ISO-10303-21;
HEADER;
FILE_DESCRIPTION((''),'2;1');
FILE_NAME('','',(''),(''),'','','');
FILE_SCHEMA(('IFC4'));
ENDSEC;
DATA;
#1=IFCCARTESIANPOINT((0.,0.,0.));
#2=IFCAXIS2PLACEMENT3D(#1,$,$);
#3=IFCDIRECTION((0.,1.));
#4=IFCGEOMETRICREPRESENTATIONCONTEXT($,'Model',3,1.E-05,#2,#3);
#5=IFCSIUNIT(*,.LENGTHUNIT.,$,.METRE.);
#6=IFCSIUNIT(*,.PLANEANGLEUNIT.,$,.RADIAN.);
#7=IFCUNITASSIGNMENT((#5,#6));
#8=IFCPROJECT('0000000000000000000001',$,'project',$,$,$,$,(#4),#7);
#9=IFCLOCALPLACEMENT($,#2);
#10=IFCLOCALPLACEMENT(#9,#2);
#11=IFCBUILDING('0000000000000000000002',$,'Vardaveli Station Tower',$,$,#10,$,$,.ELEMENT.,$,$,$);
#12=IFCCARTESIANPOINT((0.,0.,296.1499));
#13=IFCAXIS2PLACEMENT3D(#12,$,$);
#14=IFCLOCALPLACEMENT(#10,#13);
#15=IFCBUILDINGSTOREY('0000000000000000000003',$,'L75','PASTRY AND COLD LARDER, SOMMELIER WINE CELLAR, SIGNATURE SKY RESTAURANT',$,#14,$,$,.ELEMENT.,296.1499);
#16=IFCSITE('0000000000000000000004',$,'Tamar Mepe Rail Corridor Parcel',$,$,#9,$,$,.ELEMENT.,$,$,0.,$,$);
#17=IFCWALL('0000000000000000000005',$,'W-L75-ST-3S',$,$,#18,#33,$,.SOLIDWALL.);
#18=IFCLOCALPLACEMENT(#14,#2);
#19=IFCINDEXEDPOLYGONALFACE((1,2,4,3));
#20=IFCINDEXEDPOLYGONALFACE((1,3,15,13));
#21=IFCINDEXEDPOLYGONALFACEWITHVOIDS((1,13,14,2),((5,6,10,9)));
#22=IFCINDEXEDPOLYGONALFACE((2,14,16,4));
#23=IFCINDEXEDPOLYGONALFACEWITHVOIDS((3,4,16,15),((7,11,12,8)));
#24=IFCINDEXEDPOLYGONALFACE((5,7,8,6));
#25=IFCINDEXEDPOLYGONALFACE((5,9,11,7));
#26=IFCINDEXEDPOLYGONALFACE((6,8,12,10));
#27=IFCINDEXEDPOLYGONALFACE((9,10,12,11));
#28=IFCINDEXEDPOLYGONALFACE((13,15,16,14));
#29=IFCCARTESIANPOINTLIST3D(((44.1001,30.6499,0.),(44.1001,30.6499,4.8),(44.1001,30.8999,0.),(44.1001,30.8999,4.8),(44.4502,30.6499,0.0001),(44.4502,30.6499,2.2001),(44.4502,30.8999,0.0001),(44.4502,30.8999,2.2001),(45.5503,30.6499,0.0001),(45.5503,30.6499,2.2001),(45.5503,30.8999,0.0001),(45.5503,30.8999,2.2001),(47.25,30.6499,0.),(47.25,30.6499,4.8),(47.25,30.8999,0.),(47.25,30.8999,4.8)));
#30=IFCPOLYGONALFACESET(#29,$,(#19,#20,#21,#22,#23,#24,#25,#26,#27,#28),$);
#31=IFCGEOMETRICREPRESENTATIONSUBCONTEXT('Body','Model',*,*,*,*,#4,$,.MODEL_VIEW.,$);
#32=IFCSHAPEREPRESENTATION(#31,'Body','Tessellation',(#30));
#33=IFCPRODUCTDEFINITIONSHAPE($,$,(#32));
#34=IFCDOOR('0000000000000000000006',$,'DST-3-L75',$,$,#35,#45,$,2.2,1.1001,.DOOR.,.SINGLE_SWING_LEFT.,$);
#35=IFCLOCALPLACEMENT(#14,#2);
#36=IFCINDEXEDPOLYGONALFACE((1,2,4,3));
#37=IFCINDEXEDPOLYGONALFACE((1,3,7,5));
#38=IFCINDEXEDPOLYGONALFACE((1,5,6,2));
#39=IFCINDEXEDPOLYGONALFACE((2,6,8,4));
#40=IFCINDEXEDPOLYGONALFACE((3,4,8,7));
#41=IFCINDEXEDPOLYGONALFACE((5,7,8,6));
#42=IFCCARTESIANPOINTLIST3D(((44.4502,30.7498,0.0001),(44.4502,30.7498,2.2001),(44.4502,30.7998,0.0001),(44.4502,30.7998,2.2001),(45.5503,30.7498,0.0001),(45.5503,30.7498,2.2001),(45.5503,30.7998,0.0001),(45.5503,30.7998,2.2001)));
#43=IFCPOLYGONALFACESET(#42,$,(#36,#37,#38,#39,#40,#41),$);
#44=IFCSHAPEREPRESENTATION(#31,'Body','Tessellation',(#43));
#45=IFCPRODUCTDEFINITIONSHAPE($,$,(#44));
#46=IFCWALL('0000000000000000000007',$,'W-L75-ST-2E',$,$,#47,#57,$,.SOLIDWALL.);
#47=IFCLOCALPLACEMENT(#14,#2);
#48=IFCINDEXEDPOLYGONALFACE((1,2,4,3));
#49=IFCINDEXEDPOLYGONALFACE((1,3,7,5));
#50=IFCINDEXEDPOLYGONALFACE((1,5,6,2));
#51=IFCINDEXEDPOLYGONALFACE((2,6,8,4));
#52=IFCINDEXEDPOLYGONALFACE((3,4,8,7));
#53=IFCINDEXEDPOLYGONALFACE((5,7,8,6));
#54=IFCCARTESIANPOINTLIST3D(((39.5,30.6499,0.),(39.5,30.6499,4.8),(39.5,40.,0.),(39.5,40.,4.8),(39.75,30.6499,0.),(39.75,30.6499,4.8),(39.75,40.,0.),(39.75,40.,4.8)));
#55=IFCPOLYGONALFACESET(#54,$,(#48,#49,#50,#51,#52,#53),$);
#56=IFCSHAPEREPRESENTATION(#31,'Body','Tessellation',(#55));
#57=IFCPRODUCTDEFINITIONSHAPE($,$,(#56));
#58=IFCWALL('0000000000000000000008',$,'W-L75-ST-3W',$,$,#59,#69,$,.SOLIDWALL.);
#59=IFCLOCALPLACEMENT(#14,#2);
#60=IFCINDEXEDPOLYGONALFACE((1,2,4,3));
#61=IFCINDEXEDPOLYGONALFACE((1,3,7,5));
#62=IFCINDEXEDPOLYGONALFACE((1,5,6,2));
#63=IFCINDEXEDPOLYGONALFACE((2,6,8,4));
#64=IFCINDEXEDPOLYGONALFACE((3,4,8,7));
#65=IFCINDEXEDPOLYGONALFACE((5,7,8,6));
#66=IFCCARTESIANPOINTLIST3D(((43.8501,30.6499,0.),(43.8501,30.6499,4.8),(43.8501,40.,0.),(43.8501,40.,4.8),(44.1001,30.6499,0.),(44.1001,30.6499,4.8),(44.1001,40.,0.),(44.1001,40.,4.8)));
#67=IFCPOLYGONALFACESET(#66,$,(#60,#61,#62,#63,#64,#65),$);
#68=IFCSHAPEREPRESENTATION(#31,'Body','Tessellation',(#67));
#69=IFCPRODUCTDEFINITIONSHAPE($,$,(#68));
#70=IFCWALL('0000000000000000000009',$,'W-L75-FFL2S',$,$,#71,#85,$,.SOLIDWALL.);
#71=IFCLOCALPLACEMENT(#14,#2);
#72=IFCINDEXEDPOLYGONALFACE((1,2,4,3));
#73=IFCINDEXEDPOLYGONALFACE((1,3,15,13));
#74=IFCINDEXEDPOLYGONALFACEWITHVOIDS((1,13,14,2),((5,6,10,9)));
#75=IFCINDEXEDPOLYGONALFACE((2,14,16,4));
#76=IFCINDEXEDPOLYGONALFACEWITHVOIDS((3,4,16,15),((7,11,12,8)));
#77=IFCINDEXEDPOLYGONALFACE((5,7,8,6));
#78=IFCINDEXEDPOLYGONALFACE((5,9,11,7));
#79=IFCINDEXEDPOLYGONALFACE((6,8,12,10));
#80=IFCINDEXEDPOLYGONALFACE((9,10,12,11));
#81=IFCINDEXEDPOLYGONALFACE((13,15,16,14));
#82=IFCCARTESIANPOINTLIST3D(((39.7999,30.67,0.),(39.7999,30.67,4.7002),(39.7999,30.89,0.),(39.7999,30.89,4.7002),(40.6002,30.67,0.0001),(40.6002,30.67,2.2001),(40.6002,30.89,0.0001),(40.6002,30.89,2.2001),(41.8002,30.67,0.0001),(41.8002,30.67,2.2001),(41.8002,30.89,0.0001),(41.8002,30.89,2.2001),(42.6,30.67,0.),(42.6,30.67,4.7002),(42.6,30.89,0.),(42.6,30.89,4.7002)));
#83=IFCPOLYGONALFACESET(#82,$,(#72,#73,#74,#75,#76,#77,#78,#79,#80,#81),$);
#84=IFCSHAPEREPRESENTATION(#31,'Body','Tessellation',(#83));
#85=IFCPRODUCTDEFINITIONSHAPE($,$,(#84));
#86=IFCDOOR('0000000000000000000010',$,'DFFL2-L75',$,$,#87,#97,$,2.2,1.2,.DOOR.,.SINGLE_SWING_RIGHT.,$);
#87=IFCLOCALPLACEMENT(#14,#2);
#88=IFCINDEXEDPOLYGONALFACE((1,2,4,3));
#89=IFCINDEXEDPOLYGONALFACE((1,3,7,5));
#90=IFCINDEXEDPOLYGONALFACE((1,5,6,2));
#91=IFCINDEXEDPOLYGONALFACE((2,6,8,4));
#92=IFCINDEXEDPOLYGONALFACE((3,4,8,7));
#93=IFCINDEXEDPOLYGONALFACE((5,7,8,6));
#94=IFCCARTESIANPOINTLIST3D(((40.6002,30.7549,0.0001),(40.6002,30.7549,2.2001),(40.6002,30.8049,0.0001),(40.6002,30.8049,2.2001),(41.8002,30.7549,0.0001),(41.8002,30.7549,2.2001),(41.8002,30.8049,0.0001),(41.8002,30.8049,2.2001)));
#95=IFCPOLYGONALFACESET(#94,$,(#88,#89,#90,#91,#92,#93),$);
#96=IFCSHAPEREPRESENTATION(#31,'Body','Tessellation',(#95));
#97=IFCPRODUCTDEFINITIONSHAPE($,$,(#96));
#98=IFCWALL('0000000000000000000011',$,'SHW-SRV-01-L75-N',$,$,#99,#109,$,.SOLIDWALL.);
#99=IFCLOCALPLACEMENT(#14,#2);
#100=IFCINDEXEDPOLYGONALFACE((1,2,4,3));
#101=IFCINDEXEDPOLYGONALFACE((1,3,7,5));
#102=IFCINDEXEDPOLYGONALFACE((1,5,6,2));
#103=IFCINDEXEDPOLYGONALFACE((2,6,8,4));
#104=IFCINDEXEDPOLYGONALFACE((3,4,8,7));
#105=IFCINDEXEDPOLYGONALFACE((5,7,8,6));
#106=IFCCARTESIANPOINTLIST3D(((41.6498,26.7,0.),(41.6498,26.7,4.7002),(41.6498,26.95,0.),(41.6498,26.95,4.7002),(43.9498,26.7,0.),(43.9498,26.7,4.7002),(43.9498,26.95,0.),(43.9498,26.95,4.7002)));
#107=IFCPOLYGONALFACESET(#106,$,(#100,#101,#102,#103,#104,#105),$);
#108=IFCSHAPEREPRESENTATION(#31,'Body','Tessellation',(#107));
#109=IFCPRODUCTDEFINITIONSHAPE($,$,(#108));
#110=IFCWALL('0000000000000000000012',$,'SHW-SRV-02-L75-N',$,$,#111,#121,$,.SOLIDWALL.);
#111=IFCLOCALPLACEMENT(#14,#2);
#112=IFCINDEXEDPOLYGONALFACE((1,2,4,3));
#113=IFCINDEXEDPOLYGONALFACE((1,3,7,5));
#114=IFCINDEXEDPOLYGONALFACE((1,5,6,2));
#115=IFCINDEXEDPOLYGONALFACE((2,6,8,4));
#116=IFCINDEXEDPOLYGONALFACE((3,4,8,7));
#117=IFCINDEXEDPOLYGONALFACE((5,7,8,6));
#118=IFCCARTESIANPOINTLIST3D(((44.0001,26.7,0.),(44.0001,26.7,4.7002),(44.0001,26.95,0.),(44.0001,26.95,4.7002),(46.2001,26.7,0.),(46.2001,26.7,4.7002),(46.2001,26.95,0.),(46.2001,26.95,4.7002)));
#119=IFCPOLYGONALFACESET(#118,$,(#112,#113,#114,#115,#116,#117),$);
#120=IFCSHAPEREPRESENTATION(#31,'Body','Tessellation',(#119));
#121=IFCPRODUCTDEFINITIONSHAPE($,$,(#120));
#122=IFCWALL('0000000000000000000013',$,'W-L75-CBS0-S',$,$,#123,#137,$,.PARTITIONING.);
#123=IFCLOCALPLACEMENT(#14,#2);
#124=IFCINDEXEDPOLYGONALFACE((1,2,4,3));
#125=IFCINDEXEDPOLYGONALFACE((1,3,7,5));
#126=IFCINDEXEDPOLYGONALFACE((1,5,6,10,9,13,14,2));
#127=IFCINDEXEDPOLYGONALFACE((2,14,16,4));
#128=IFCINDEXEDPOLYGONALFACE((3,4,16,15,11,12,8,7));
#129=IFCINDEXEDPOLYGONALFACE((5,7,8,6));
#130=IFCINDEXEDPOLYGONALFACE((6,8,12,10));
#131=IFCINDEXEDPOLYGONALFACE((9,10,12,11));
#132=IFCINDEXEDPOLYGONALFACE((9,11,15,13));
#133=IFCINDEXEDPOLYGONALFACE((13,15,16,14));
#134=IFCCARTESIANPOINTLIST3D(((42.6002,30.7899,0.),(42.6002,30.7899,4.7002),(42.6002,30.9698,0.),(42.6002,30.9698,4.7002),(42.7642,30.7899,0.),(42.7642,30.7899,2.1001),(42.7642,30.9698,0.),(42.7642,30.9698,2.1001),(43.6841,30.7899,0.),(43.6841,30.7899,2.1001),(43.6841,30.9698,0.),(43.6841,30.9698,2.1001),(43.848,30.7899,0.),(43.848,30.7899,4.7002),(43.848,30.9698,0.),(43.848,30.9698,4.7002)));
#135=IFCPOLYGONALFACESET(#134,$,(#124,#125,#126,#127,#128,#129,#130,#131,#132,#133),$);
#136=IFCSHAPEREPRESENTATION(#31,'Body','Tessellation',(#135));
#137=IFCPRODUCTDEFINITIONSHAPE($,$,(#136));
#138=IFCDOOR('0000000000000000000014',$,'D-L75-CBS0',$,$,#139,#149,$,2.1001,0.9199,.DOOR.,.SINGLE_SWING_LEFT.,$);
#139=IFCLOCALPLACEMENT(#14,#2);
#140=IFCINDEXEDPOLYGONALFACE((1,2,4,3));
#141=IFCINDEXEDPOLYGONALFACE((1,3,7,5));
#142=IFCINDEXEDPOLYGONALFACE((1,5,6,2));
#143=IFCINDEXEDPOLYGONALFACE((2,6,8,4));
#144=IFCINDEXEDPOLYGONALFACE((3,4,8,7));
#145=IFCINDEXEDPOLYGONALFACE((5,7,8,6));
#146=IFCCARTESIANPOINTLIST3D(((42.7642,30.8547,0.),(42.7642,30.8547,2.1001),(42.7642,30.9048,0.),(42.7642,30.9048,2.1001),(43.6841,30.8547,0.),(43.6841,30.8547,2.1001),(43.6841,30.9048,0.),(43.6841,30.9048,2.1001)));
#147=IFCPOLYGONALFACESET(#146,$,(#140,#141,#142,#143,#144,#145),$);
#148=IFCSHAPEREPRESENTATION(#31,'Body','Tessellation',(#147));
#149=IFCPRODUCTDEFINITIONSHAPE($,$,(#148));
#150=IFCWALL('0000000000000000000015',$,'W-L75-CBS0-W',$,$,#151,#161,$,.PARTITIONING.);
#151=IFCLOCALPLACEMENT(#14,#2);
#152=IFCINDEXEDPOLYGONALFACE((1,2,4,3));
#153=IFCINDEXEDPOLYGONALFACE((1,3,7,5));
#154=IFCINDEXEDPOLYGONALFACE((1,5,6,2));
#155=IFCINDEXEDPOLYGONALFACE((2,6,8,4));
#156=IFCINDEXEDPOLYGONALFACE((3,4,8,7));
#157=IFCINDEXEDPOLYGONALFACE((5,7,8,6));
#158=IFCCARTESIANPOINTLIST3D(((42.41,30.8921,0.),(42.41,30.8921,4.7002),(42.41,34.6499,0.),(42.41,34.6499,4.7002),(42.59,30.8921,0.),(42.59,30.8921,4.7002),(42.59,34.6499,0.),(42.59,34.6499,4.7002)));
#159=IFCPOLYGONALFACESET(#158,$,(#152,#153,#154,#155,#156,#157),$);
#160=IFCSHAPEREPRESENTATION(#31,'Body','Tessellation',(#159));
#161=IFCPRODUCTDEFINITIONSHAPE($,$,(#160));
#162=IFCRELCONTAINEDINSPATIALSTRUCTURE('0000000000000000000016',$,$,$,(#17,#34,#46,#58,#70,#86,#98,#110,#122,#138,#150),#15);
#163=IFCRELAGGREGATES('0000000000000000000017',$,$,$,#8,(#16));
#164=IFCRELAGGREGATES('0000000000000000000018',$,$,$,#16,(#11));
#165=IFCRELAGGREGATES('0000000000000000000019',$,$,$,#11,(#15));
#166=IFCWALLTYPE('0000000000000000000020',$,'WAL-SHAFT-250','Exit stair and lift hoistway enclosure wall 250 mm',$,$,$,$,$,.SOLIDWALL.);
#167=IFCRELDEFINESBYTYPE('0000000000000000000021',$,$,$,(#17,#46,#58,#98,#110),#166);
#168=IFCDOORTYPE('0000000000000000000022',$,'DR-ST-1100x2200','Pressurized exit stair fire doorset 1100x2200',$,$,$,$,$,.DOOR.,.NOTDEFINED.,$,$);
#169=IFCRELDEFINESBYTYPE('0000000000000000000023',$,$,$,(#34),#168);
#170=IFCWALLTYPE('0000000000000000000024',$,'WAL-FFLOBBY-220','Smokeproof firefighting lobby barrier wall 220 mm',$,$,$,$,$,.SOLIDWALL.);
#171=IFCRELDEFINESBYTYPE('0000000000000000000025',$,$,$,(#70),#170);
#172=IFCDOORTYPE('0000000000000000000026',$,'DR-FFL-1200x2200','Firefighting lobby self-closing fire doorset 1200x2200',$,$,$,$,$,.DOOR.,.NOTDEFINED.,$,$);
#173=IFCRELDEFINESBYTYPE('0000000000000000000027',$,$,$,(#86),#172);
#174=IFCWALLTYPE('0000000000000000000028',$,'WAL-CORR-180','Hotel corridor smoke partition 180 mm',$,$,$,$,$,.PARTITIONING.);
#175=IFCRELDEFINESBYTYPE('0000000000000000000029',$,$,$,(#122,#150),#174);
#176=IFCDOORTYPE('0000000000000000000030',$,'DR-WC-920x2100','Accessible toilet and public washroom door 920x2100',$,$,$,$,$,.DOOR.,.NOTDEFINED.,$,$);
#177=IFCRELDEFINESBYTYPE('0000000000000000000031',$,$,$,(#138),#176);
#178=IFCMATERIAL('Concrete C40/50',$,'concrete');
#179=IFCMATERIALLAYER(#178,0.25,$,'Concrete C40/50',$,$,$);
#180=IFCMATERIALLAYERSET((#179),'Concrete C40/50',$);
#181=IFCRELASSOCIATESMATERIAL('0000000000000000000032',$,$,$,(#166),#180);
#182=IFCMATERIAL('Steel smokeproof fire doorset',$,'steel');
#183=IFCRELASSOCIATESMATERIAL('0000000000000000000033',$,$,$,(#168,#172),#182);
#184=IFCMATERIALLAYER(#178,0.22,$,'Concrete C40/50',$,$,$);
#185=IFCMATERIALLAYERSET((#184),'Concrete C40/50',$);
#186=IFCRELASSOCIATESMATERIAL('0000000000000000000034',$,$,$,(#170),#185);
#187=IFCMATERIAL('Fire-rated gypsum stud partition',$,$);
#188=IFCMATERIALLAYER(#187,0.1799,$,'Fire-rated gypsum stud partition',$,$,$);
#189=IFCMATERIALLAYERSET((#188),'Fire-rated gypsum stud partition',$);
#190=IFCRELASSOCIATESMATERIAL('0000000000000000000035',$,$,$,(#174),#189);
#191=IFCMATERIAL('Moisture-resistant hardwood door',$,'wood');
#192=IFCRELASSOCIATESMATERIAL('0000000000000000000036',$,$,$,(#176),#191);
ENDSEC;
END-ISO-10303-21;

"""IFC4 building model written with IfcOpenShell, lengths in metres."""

from ifc_helpers import new_model, si_unit, direction, frame, frame_2d, origin, place, context, subcontext, project, spatial, rectangle, extrude, source, transform, mapped, material, layer, layer_set, type_object, element, fill, save


model = new_model("IFC4")

# Units and contexts
model_context = context("Model", 3, precision=1e-05, world=origin(), true_north=direction((0.0, 1.0)))
body_context = subcontext(model_context, "Body", "Model", "MODEL_VIEW")
ifc_project = project(units=[si_unit("LENGTHUNIT", "METRE"), si_unit("PLANEANGLEUNIT", "RADIAN")], contexts=[model_context])

# Site, building, storey
site_placement = place(None, origin())
site = spatial("IfcSite", under=ifc_project, at=site_placement, Name="Tamar Mepe Rail Corridor Parcel", CompositionType="ELEMENT", RefElevation=0.0)
building_placement = place(site_placement, origin())
building = spatial("IfcBuilding", under=site, at=building_placement, Name="Vardaveli Station Tower", CompositionType="ELEMENT")
storey_placement = place(building_placement, frame((0.0, 0.0, 296.1499)))
storey = spatial("IfcBuildingStorey", under=building, at=storey_placement, Name="L75", Description="PASTRY AND COLD LARDER, SOMMELIER WINE CELLAR, SIGNATURE SKY RESTAURANT", CompositionType="ELEMENT", Elevation=296.1499)

# Wall, opening, door
ifc_material_1 = material(Name="Concrete C40/50", Category="concrete")
ifc_layer_1 = layer(ifc_material_1, 0.25, Name="Concrete C40/50")
ifc_layer_set_1 = layer_set([ifc_layer_1], Name="Concrete C40/50")
wall_type_1 = type_object("IfcWallType", Name="WAL-SHAFT-250", Description="Exit stair and lift hoistway enclosure wall 250 mm", PredefinedType="SOLIDWALL", material=ifc_layer_set_1)
shared_shape_1 = source(origin(), body_context, "Body", "SweptSolid", [
    extrude(rectangle(XDim=3.1499, YDim=0.25, at=frame_2d((1.575, 0.0))), origin(), (0.0, 0.0, 1.0), 4.8),
])
wall_1_placement = place(storey_placement, frame((44.1001, 30.7749, 0.0), z_axis=(0.0, 0.0, 1.0), x_axis=(1.0, 0.0, 0.0)))
wall_1 = element("IfcWall", 1, at=wall_1_placement, inside=storey, type_object=wall_type_1, Name="W-L75-ST-3S", PredefinedType="SOLIDWALL", context=body_context, shape_type="MappedRepresentation", body=[
    mapped(shared_shape_1, transform((0.0, 0.0, 0.0), scale=1.0)),
])
shared_shape_2 = source(origin(), body_context, "Body", "SweptSolid", [
    extrude(rectangle(XDim=1.1001, YDim=2.2, at=frame_2d((0.55, 1.1001))), frame((0.0, 0.135, 0.0), z_axis=(0.0, -1.0, 0.0), x_axis=(1.0, 0.0, 0.0)), (0.0, 0.0, 1.0), 0.27),
])
opening_1_placement = place(wall_1_placement, frame((0.3501, 0.0, 0.0)))
opening_1 = element("IfcOpeningElement", 2, at=opening_1_placement, cuts=wall_1, PredefinedType="OPENING", context=body_context, shape_type="MappedRepresentation", body=[
    mapped(shared_shape_2, transform((0.0, 0.0, 0.0), scale=1.0)),
])
ifc_material_2 = material(Name="Steel smokeproof fire doorset", Category="steel")
door_type_1 = type_object("IfcDoorType", Name="DR-ST-1100x2200", Description="Pressurized exit stair fire doorset 1100x2200", OperationType="NOTDEFINED", PredefinedType="DOOR", material=ifc_material_2)
shared_shape_3 = source(origin(), body_context, "Body", "SweptSolid", [
    extrude(rectangle(XDim=1.1001, YDim=2.2, at=frame_2d((0.55, 1.1001))), frame((0.0, 0.0249, 0.0), z_axis=(0.0, -1.0, 0.0), x_axis=(1.0, 0.0, 0.0)), (0.0, 0.0, 1.0), 0.05),
])
door_1_placement = place(opening_1_placement, origin())
door_1 = element("IfcDoor", 3, at=door_1_placement, inside=storey, type_object=door_type_1, Name="DST-3-L75", OperationType="SINGLE_SWING_LEFT", OverallHeight=2.2, OverallWidth=1.1001, PredefinedType="DOOR", context=body_context, shape_type="MappedRepresentation", body=[
    mapped(shared_shape_3, transform((0.0, 0.0, 0.0), scale=1.0)),
])
fill(opening_1, door_1)

# Walls
shared_shape_4 = source(origin(), body_context, "Body", "SweptSolid", [
    extrude(rectangle(XDim=9.3501, YDim=0.25, at=frame_2d((4.675, 0.0))), origin(), (0.0, 0.0, 1.0), 4.8),
])
for number, where, z_axis, x_axis, name in (
    (4, (39.625, 30.6499, 0.0), (0.0, 0.0, 1.0), (0.0, 1.0, 0.0), "W-L75-ST-2E"),
    (5, (43.9751, 30.6499, 0.0), (0.0, 0.0, 1.0), (0.0, 1.0, 0.0), "W-L75-ST-3W"),
):
    element("IfcWall", number, at=place(storey_placement, frame(where, z_axis=z_axis, x_axis=x_axis)), inside=storey, type_object=wall_type_1, Name=name, PredefinedType="SOLIDWALL", context=body_context, shape_type="MappedRepresentation", body=[
        mapped(shared_shape_4, transform((0.0, 0.0, 0.0), scale=1.0)),
    ])

# Wall, opening, door
ifc_layer_2 = layer(ifc_material_1, 0.22, Name="Concrete C40/50")
ifc_layer_set_2 = layer_set([ifc_layer_2], Name="Concrete C40/50")
wall_type_2 = type_object("IfcWallType", Name="WAL-FFLOBBY-220", Description="Smokeproof firefighting lobby barrier wall 220 mm", PredefinedType="SOLIDWALL", material=ifc_layer_set_2)
shared_shape_5 = source(origin(), body_context, "Body", "SweptSolid", [
    extrude(rectangle(XDim=2.8, YDim=0.22, at=frame_2d((1.3999, 0.0))), origin(), (0.0, 0.0, 1.0), 4.7002),
])
wall_2_placement = place(storey_placement, frame((39.8, 30.78, 0.0), z_axis=(0.0, 0.0, 1.0), x_axis=(1.0, 0.0, 0.0)))
wall_2 = element("IfcWall", 6, at=wall_2_placement, inside=storey, type_object=wall_type_2, Name="W-L75-FFL2S", PredefinedType="SOLIDWALL", context=body_context, shape_type="MappedRepresentation", body=[
    mapped(shared_shape_5, transform((0.0, 0.0, 0.0), scale=1.0)),
])
shared_shape_6 = source(origin(), body_context, "Body", "SweptSolid", [
    extrude(rectangle(XDim=1.2, YDim=2.2, at=frame_2d((0.6001, 1.1001))), frame((0.0, 0.1201, 0.0), z_axis=(0.0, -1.0, 0.0), x_axis=(1.0, 0.0, 0.0)), (0.0, 0.0, 1.0), 0.24),
])
opening_2_placement = place(wall_2_placement, frame((0.8, 0.0, 0.0)))
opening_2 = element("IfcOpeningElement", 7, at=opening_2_placement, cuts=wall_2, PredefinedType="OPENING", context=body_context, shape_type="MappedRepresentation", body=[
    mapped(shared_shape_6, transform((0.0, 0.0, 0.0), scale=1.0)),
])
door_type_2 = type_object("IfcDoorType", Name="DR-FFL-1200x2200", Description="Firefighting lobby self-closing fire doorset 1200x2200", OperationType="NOTDEFINED", PredefinedType="DOOR", material=ifc_material_2)
shared_shape_7 = source(origin(), body_context, "Body", "SweptSolid", [
    extrude(rectangle(XDim=1.2, YDim=2.2, at=frame_2d((0.6001, 1.1001))), frame((0.0, 0.0249, 0.0), z_axis=(0.0, -1.0, 0.0), x_axis=(1.0, 0.0, 0.0)), (0.0, 0.0, 1.0), 0.05),
])
door_2_placement = place(opening_2_placement, origin())
door_2 = element("IfcDoor", 8, at=door_2_placement, inside=storey, type_object=door_type_2, Name="DFFL2-L75", OperationType="SINGLE_SWING_RIGHT", OverallHeight=2.2, OverallWidth=1.2, PredefinedType="DOOR", context=body_context, shape_type="MappedRepresentation", body=[
    mapped(shared_shape_7, transform((0.0, 0.0, 0.0), scale=1.0)),
])
fill(opening_2, door_2)

# Walls
shared_shape_8 = source(origin(), body_context, "Body", "SweptSolid", [
    extrude(rectangle(XDim=2.3, YDim=0.25, at=frame_2d((1.1499, 0.0))), origin(), (0.0, 0.0, 1.0), 4.7002),
])
wall_3_placement = place(storey_placement, frame((41.6499, 26.825, 0.0), z_axis=(0.0, 0.0, 1.0), x_axis=(1.0, 0.0, 0.0)))
element("IfcWall", 9, at=wall_3_placement, inside=storey, type_object=wall_type_1, Name="SHW-SRV-01-L75-N", PredefinedType="SOLIDWALL", context=body_context, shape_type="MappedRepresentation", body=[
    mapped(shared_shape_8, transform((0.0, 0.0, 0.0), scale=1.0)),
])
shared_shape_9 = source(origin(), body_context, "Body", "SweptSolid", [
    extrude(rectangle(XDim=2.2, YDim=0.25, at=frame_2d((1.1001, 0.0))), origin(), (0.0, 0.0, 1.0), 4.7002),
])
wall_4_placement = place(storey_placement, frame((44.0, 26.825, 0.0), z_axis=(0.0, 0.0, 1.0), x_axis=(1.0, 0.0, 0.0)))
element("IfcWall", 10, at=wall_4_placement, inside=storey, type_object=wall_type_1, Name="SHW-SRV-02-L75-N", PredefinedType="SOLIDWALL", context=body_context, shape_type="MappedRepresentation", body=[
    mapped(shared_shape_9, transform((0.0, 0.0, 0.0), scale=1.0)),
])

# Wall, opening, door
ifc_material_3 = material(Name="Fire-rated gypsum stud partition")
ifc_layer_3 = layer(ifc_material_3, 0.1799, Name="Fire-rated gypsum stud partition")
ifc_layer_set_3 = layer_set([ifc_layer_3], Name="Fire-rated gypsum stud partition")
wall_type_3 = type_object("IfcWallType", Name="WAL-CORR-180", Description="Hotel corridor smoke partition 180 mm", PredefinedType="PARTITIONING", material=ifc_layer_set_3)
shared_shape_10 = source(origin(), body_context, "Body", "SweptSolid", [
    extrude(rectangle(XDim=1.2478, YDim=0.1799, at=frame_2d((0.624, 0.0))), origin(), (0.0, 0.0, 1.0), 4.7002),
])
wall_5_placement = place(storey_placement, frame((42.6001, 30.8799, 0.0), z_axis=(0.0, 0.0, 1.0), x_axis=(1.0, 0.0, 0.0)))
wall_5 = element("IfcWall", 11, at=wall_5_placement, inside=storey, type_object=wall_type_3, Name="W-L75-CBS0-S", PredefinedType="PARTITIONING", context=body_context, shape_type="MappedRepresentation", body=[
    mapped(shared_shape_10, transform((0.0, 0.0, 0.0), scale=1.0)),
])
shared_shape_11 = source(origin(), body_context, "Body", "SweptSolid", [
    extrude(rectangle(XDim=0.9199, YDim=2.1001, at=frame_2d((0.46, 1.05))), frame((0.0, 0.1001, 0.0), z_axis=(0.0, -1.0, 0.0), x_axis=(1.0, 0.0, 0.0)), (0.0, 0.0, 1.0), 0.2),
])
opening_3_placement = place(wall_5_placement, frame((0.1641, 0.0, 0.0)))
opening_3 = element("IfcOpeningElement", 12, at=opening_3_placement, cuts=wall_5, PredefinedType="OPENING", context=body_context, shape_type="MappedRepresentation", body=[
    mapped(shared_shape_11, transform((0.0, 0.0, 0.0), scale=1.0)),
])
ifc_material_4 = material(Name="Moisture-resistant hardwood door", Category="wood")
door_type_3 = type_object("IfcDoorType", Name="DR-WC-920x2100", Description="Accessible toilet and public washroom door 920x2100", OperationType="NOTDEFINED", PredefinedType="DOOR", material=ifc_material_4)
shared_shape_12 = source(origin(), body_context, "Body", "SweptSolid", [
    extrude(rectangle(XDim=0.9199, YDim=2.1001, at=frame_2d((0.46, 1.05))), frame((0.0, 0.0249, 0.0), z_axis=(0.0, -1.0, 0.0), x_axis=(1.0, 0.0, 0.0)), (0.0, 0.0, 1.0), 0.05),
])
door_3_placement = place(opening_3_placement, origin())
door_3 = element("IfcDoor", 13, at=door_3_placement, inside=storey, type_object=door_type_3, Name="D-L75-CBS0", OperationType="SINGLE_SWING_LEFT", OverallHeight=2.1001, OverallWidth=0.9199, PredefinedType="DOOR", context=body_context, shape_type="MappedRepresentation", body=[
    mapped(shared_shape_12, transform((0.0, 0.0, 0.0), scale=1.0)),
])
fill(opening_3, door_3)

# Wall
shared_shape_13 = source(origin(), body_context, "Body", "SweptSolid", [
    extrude(rectangle(XDim=3.7578, YDim=0.1799, at=frame_2d((1.8789, 0.0))), origin(), (0.0, 0.0, 1.0), 4.7002),
])
wall_6_placement = place(storey_placement, frame((42.5, 30.8921, 0.0), z_axis=(0.0, 0.0, 1.0), x_axis=(0.0, 1.0, 0.0)))
element("IfcWall", 14, at=wall_6_placement, inside=storey, type_object=wall_type_3, Name="W-L75-CBS0-W", PredefinedType="PARTITIONING", context=body_context, shape_type="MappedRepresentation", body=[
    mapped(shared_shape_13, transform((0.0, 0.0, 0.0), scale=1.0)),
])

save(model, "model.ifc")
